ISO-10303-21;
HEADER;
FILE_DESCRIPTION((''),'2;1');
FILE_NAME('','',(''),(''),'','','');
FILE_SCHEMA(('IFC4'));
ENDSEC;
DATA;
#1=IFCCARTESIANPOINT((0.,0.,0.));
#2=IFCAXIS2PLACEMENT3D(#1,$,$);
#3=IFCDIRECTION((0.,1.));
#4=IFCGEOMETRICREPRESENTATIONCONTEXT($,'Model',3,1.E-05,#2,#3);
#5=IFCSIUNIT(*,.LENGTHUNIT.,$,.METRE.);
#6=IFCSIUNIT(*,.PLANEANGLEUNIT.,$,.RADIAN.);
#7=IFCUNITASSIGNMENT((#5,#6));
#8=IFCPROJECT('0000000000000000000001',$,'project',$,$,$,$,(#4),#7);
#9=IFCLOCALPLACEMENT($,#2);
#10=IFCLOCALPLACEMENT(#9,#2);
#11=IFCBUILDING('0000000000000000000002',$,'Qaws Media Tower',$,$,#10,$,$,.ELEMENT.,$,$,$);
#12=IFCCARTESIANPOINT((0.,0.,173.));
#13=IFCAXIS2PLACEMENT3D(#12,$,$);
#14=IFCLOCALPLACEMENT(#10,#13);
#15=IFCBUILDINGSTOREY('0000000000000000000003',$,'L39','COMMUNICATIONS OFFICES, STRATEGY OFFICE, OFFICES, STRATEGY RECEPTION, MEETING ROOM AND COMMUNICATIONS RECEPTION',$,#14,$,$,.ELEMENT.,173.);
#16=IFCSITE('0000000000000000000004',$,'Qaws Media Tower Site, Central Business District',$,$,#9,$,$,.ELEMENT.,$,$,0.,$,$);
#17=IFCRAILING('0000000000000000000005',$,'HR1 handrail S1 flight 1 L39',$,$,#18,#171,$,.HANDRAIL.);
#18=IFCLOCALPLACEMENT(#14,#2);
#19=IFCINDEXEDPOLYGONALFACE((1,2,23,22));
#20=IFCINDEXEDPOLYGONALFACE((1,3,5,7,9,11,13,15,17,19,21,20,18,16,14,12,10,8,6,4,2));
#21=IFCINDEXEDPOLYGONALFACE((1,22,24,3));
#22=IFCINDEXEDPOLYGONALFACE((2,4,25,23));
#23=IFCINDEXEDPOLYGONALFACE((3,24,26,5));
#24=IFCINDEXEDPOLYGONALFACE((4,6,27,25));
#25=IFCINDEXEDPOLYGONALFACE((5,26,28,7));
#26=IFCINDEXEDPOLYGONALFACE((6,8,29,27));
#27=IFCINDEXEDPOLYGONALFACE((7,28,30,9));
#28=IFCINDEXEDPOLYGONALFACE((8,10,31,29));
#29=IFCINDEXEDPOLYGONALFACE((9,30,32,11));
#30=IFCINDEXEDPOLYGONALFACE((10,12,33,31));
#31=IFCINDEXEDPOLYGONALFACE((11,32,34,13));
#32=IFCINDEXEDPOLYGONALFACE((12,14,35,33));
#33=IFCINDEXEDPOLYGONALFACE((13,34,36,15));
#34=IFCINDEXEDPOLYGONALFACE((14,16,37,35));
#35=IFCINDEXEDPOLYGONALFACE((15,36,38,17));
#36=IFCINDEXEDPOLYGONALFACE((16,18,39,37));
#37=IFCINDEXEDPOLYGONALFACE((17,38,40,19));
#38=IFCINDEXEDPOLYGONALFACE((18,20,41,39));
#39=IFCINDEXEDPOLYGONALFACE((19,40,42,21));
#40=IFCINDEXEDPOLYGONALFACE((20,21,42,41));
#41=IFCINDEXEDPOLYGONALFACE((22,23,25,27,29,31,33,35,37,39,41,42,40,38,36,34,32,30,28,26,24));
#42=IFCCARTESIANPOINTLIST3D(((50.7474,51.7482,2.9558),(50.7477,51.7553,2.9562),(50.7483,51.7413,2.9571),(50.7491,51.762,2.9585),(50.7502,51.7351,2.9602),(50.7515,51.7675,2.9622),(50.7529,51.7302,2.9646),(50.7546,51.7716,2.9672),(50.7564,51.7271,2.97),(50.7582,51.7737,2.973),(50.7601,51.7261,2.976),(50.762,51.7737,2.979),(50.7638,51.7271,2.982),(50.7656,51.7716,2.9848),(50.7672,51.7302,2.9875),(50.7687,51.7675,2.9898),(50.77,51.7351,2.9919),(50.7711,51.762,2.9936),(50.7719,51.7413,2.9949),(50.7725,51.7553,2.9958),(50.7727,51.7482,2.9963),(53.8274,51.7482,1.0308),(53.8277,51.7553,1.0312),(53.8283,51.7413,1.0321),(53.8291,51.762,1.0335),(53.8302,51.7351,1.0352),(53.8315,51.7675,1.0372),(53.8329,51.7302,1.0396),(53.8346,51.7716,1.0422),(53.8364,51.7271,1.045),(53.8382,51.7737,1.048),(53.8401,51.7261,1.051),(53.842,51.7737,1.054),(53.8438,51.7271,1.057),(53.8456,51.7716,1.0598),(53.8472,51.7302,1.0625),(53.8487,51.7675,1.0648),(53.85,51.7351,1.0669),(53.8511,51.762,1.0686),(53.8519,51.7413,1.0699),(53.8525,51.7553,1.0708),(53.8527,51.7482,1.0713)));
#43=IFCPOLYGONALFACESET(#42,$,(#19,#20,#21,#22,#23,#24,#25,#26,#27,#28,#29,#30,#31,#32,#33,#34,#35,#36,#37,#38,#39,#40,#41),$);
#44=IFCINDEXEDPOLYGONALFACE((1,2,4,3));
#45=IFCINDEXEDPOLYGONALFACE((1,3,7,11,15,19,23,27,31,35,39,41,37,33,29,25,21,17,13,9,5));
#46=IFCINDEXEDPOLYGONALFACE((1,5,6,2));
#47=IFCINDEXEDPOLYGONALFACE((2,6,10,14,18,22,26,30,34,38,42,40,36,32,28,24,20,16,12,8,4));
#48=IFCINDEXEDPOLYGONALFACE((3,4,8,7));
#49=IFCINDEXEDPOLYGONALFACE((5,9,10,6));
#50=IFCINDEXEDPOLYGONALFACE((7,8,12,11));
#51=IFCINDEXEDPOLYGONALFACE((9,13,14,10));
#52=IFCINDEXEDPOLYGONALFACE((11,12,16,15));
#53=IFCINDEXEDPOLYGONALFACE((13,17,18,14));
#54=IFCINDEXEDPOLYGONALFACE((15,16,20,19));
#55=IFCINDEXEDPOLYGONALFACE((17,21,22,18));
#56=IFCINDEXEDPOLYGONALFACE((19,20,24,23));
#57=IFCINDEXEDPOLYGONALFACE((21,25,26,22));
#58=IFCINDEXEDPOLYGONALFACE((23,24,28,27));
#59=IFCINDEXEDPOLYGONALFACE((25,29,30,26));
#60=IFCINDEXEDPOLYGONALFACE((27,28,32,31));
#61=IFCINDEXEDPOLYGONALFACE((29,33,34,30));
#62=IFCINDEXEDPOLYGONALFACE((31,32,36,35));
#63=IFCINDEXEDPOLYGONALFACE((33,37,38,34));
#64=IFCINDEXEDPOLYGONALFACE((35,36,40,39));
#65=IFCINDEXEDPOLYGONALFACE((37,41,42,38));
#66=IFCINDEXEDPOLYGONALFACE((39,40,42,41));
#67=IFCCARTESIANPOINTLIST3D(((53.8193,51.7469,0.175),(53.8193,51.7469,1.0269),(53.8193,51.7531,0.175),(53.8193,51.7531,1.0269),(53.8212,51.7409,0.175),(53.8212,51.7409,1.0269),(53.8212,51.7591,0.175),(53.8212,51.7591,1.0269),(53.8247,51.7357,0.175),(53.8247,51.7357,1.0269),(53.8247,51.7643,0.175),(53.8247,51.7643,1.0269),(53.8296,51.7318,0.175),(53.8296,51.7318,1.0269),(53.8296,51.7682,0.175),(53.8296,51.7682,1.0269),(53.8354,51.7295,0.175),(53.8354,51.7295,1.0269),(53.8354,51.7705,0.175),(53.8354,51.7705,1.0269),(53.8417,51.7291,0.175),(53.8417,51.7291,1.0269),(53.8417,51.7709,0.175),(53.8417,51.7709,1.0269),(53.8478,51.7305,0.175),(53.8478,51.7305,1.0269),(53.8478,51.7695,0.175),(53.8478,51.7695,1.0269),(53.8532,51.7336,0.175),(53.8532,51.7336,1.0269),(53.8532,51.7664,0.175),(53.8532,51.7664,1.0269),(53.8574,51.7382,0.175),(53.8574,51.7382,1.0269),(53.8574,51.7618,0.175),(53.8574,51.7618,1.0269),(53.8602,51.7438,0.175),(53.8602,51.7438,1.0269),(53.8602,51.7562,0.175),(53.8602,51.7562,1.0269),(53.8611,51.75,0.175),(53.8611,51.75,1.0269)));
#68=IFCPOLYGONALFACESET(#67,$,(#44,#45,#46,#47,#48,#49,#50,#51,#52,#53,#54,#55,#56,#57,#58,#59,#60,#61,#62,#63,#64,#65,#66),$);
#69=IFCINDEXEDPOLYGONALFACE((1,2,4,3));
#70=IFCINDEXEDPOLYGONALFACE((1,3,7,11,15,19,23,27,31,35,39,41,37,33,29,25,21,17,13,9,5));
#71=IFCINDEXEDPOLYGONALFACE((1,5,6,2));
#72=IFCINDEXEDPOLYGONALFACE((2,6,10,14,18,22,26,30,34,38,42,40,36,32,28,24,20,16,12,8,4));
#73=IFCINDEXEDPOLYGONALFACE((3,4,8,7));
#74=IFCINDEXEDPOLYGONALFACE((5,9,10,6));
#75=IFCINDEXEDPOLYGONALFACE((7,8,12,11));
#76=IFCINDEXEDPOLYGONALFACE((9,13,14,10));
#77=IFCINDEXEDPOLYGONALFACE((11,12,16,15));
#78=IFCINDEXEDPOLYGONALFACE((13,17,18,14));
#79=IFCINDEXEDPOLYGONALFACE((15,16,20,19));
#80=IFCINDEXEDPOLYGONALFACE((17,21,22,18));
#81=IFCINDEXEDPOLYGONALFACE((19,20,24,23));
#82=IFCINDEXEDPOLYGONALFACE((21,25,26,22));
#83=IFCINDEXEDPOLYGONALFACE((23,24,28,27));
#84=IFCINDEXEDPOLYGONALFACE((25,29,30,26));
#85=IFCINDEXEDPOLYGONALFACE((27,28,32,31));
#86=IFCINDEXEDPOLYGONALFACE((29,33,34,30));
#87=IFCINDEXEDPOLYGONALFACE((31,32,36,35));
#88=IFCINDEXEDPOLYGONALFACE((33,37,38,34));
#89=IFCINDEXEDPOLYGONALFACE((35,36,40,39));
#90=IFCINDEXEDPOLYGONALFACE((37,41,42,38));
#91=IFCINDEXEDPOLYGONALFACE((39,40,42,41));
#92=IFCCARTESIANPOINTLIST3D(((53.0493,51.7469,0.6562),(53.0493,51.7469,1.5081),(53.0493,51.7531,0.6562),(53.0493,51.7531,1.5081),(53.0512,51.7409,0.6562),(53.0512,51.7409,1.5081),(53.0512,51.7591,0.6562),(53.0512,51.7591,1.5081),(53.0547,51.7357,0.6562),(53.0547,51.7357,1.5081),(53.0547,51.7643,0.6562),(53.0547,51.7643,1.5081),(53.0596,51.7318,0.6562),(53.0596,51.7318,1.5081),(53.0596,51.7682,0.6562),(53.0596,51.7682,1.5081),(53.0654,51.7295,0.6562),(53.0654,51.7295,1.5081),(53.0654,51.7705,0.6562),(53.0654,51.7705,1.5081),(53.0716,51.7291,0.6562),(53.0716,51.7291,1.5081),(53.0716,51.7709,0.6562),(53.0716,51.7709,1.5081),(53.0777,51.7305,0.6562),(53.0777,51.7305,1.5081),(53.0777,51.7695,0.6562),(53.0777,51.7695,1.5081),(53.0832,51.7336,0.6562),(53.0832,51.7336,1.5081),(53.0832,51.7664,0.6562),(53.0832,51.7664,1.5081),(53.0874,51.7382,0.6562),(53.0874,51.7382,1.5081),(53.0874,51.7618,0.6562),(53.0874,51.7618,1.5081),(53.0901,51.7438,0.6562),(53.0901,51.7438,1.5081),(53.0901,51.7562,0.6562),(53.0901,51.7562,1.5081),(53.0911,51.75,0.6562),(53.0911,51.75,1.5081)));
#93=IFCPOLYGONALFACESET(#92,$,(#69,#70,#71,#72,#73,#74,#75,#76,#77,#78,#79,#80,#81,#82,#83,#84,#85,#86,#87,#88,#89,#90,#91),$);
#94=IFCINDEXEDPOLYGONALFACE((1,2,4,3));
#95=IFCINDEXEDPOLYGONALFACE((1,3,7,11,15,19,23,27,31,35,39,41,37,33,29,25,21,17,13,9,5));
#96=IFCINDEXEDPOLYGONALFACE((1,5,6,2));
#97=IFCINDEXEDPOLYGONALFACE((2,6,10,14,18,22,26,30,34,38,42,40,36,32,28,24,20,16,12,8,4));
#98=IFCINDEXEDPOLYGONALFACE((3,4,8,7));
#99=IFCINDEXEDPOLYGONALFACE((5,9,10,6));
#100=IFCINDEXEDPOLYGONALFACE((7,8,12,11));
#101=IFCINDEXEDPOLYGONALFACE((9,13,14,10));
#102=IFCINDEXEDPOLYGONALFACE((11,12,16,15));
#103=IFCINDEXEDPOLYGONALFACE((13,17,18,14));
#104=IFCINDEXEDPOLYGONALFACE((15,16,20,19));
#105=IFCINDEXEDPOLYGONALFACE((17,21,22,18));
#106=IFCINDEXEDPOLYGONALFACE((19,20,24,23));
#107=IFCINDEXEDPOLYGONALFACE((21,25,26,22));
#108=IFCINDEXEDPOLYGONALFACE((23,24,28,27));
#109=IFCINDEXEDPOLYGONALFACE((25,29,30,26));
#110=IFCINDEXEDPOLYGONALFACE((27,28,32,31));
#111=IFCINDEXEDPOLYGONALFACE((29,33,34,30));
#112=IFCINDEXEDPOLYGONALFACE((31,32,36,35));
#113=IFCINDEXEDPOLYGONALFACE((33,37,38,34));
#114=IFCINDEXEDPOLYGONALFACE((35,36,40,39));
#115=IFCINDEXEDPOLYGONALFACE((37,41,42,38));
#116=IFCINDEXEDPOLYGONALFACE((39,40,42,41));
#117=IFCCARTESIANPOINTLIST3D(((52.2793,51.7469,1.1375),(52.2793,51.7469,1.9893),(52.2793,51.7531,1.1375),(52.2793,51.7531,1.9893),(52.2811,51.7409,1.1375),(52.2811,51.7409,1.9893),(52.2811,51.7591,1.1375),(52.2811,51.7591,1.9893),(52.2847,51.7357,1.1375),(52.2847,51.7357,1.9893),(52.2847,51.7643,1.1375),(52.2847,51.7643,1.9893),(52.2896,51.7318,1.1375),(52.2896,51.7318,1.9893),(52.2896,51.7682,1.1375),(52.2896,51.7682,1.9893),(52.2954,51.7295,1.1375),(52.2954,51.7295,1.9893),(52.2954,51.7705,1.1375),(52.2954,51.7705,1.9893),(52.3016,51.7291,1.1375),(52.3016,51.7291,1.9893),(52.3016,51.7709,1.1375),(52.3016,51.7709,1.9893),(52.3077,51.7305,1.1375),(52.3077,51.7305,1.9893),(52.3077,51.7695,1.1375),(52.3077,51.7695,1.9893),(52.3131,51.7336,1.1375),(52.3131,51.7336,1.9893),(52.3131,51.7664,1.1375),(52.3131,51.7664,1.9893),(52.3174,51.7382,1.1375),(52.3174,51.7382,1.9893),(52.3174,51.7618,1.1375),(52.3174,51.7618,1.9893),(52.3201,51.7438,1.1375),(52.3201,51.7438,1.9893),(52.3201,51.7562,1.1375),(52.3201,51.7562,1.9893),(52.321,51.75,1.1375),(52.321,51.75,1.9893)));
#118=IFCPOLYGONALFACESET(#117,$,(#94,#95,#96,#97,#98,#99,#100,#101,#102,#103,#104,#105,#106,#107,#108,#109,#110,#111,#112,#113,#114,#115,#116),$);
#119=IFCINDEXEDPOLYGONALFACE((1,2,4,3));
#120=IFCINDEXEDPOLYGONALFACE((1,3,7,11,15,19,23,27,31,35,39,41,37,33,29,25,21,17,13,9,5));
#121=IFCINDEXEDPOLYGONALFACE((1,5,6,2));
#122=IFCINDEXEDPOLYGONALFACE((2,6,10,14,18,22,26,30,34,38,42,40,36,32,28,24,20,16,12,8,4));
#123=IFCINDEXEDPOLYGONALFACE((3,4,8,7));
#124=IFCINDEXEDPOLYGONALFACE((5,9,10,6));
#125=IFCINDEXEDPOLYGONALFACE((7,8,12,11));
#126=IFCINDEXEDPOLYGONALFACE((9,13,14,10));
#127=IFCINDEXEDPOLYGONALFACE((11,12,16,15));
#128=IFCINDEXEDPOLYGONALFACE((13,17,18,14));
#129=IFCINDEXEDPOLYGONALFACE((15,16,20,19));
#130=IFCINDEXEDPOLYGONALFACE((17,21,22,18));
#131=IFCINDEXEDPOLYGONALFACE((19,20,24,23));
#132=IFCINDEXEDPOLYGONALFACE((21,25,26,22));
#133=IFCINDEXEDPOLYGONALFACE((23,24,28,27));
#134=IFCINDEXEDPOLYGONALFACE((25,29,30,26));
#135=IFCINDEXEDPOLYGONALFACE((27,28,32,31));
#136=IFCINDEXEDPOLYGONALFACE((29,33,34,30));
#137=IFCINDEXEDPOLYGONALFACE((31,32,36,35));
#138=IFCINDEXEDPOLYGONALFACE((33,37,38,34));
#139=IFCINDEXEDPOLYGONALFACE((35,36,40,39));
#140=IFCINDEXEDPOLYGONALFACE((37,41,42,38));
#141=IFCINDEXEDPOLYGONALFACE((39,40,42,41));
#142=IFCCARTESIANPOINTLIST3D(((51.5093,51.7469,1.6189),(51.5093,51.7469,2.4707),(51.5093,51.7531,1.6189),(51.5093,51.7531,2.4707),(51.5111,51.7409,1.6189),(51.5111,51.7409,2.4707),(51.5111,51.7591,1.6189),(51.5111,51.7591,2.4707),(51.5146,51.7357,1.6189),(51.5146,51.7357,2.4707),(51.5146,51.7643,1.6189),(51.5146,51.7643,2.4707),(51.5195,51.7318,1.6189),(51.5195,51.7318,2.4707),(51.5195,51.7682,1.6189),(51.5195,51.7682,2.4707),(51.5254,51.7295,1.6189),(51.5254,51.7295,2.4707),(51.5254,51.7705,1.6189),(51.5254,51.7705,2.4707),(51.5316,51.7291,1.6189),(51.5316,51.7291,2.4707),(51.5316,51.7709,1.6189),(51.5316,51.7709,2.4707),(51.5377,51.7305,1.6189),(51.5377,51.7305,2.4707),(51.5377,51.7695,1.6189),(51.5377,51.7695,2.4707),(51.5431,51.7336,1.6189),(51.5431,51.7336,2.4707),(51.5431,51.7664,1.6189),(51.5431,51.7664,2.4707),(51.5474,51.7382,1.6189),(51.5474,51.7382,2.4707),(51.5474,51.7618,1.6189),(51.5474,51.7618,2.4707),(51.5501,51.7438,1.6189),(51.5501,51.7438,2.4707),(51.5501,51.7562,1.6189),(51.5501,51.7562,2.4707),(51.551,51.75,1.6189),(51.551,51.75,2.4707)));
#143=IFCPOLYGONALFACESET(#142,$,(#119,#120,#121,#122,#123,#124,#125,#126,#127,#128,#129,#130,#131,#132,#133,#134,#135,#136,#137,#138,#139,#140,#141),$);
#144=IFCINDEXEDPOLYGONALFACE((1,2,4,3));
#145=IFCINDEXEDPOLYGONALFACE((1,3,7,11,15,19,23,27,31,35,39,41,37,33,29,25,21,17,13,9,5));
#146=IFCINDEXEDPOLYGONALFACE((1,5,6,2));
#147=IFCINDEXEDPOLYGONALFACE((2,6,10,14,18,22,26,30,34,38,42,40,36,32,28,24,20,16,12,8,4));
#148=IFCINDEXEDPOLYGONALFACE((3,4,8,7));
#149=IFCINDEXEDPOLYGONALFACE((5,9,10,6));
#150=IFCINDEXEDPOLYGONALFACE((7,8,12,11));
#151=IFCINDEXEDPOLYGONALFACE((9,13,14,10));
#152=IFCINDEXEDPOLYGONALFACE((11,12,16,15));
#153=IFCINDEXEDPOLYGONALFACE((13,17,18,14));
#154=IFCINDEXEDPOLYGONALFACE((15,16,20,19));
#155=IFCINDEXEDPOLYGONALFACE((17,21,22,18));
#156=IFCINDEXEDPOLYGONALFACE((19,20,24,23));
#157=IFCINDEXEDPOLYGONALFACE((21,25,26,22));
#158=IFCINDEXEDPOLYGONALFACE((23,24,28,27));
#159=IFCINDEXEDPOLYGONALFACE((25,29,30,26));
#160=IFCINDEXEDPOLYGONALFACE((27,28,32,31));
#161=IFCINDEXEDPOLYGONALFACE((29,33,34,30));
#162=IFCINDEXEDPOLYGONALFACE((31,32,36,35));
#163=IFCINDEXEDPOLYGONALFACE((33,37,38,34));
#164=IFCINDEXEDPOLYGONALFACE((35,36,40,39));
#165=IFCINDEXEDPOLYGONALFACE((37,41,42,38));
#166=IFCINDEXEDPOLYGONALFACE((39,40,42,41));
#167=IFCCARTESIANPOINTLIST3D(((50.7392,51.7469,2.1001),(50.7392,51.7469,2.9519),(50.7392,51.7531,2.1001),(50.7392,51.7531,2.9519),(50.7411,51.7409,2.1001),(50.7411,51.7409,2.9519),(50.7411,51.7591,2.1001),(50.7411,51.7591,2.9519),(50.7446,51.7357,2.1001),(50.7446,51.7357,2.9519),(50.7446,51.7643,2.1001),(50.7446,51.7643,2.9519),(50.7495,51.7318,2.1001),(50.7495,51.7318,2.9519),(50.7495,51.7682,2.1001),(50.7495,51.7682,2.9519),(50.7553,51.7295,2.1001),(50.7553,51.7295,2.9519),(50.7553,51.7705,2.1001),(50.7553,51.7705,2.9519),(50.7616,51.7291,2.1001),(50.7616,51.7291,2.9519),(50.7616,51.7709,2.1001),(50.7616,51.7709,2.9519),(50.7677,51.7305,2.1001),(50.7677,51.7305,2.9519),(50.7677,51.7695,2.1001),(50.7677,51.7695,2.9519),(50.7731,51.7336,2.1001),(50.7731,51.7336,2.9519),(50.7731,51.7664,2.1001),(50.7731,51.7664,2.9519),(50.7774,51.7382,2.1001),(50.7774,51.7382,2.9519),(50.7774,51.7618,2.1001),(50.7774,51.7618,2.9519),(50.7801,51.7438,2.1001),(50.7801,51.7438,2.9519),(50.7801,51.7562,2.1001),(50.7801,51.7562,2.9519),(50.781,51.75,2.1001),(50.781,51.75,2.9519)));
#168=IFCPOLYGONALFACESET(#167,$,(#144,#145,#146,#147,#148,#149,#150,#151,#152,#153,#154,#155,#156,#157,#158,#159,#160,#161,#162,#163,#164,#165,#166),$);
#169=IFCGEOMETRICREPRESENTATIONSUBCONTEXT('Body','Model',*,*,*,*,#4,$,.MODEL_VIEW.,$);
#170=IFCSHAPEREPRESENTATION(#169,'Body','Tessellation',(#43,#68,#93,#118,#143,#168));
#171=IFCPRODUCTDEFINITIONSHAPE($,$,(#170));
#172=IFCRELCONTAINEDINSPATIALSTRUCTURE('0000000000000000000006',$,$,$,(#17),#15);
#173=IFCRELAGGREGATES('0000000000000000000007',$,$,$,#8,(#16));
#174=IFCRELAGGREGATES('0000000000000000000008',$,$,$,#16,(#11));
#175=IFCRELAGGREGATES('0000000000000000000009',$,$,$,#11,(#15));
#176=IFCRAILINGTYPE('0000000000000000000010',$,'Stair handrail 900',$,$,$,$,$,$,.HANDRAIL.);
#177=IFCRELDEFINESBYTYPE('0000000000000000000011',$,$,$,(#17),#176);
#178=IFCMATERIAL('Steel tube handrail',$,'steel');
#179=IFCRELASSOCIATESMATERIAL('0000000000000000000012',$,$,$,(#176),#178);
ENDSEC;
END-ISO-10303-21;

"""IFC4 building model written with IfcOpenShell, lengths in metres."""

from ifc_helpers import new_model, si_unit, direction, frame, origin, origin_2d, place, context, subcontext, project, spatial, circle, extrude, material, type_object, element, save


model = new_model("IFC4")

# Units and contexts
model_context = context("Model", 3, precision=1e-05, world=origin(), true_north=direction((0.0, 1.0)))
body_context = subcontext(model_context, "Body", "Model", "MODEL_VIEW")
ifc_project = project(units=[si_unit("LENGTHUNIT", "METRE"), si_unit("PLANEANGLEUNIT", "RADIAN")], contexts=[model_context])

# Site, building, storey
site_placement = place(None, origin())
site = spatial("IfcSite", under=ifc_project, at=site_placement, Name="Qaws Media Tower Site, Central Business District", CompositionType="ELEMENT", RefElevation=0.0)
building_placement = place(site_placement, origin())
building = spatial("IfcBuilding", under=site, at=building_placement, Name="Qaws Media Tower", CompositionType="ELEMENT")
storey_placement = place(building_placement, frame((0.0, 0.0, 173.0)))
storey = spatial("IfcBuildingStorey", under=building, at=storey_placement, Name="L39", Description="COMMUNICATIONS OFFICES, STRATEGY OFFICE, OFFICES, STRATEGY RECEPTION, MEETING ROOM AND COMMUNICATIONS RECEPTION", CompositionType="ELEMENT", Elevation=173.0)

# Railing
ifc_material_1 = material(Name="Steel tube handrail", Category="steel")
railing_type = type_object("IfcRailingType", Name="Stair handrail 900", PredefinedType="HANDRAIL", material=ifc_material_1)
for number, where, name in (
    (1, (53.8401, 51.75, 0.175), "HR1 handrail S1 flight 1 L39"),
):
    element("IfcRailing", number, at=place(storey_placement, frame(where)), inside=storey, type_object=railing_type, Name=name, PredefinedType="HANDRAIL", context=body_context, shape_type="SweptSolid", body=[
        extrude(circle(Radius=0.0239, at=origin_2d()), frame((0.0, 0.0, 0.876), z_axis=(-0.847998, 0.0, 0.529999), x_axis=(0.0, -1.0, 0.0)), (0.0, 0.0, 1.0), 3.6321),
        extrude(circle(Radius=0.021, at=origin_2d()), origin(), (0.0, 0.0, 1.0), 0.8518),
        extrude(circle(Radius=0.021, at=origin_2d()), frame((-0.77, 0.0, 0.4812)), (0.0, 0.0, 1.0), 0.8518),
        extrude(circle(Radius=0.021, at=origin_2d()), frame((-1.54, 0.0, 0.9624)), (0.0, 0.0, 1.0), 0.8518),
        extrude(circle(Radius=0.021, at=origin_2d()), frame((-2.3101, 0.0, 1.4438)), (0.0, 0.0, 1.0), 0.8518),
        extrude(circle(Radius=0.021, at=origin_2d()), frame((-3.0801, 0.0, 1.925)), (0.0, 0.0, 1.0), 0.8518),
    ])

save(model, "model.ifc")
